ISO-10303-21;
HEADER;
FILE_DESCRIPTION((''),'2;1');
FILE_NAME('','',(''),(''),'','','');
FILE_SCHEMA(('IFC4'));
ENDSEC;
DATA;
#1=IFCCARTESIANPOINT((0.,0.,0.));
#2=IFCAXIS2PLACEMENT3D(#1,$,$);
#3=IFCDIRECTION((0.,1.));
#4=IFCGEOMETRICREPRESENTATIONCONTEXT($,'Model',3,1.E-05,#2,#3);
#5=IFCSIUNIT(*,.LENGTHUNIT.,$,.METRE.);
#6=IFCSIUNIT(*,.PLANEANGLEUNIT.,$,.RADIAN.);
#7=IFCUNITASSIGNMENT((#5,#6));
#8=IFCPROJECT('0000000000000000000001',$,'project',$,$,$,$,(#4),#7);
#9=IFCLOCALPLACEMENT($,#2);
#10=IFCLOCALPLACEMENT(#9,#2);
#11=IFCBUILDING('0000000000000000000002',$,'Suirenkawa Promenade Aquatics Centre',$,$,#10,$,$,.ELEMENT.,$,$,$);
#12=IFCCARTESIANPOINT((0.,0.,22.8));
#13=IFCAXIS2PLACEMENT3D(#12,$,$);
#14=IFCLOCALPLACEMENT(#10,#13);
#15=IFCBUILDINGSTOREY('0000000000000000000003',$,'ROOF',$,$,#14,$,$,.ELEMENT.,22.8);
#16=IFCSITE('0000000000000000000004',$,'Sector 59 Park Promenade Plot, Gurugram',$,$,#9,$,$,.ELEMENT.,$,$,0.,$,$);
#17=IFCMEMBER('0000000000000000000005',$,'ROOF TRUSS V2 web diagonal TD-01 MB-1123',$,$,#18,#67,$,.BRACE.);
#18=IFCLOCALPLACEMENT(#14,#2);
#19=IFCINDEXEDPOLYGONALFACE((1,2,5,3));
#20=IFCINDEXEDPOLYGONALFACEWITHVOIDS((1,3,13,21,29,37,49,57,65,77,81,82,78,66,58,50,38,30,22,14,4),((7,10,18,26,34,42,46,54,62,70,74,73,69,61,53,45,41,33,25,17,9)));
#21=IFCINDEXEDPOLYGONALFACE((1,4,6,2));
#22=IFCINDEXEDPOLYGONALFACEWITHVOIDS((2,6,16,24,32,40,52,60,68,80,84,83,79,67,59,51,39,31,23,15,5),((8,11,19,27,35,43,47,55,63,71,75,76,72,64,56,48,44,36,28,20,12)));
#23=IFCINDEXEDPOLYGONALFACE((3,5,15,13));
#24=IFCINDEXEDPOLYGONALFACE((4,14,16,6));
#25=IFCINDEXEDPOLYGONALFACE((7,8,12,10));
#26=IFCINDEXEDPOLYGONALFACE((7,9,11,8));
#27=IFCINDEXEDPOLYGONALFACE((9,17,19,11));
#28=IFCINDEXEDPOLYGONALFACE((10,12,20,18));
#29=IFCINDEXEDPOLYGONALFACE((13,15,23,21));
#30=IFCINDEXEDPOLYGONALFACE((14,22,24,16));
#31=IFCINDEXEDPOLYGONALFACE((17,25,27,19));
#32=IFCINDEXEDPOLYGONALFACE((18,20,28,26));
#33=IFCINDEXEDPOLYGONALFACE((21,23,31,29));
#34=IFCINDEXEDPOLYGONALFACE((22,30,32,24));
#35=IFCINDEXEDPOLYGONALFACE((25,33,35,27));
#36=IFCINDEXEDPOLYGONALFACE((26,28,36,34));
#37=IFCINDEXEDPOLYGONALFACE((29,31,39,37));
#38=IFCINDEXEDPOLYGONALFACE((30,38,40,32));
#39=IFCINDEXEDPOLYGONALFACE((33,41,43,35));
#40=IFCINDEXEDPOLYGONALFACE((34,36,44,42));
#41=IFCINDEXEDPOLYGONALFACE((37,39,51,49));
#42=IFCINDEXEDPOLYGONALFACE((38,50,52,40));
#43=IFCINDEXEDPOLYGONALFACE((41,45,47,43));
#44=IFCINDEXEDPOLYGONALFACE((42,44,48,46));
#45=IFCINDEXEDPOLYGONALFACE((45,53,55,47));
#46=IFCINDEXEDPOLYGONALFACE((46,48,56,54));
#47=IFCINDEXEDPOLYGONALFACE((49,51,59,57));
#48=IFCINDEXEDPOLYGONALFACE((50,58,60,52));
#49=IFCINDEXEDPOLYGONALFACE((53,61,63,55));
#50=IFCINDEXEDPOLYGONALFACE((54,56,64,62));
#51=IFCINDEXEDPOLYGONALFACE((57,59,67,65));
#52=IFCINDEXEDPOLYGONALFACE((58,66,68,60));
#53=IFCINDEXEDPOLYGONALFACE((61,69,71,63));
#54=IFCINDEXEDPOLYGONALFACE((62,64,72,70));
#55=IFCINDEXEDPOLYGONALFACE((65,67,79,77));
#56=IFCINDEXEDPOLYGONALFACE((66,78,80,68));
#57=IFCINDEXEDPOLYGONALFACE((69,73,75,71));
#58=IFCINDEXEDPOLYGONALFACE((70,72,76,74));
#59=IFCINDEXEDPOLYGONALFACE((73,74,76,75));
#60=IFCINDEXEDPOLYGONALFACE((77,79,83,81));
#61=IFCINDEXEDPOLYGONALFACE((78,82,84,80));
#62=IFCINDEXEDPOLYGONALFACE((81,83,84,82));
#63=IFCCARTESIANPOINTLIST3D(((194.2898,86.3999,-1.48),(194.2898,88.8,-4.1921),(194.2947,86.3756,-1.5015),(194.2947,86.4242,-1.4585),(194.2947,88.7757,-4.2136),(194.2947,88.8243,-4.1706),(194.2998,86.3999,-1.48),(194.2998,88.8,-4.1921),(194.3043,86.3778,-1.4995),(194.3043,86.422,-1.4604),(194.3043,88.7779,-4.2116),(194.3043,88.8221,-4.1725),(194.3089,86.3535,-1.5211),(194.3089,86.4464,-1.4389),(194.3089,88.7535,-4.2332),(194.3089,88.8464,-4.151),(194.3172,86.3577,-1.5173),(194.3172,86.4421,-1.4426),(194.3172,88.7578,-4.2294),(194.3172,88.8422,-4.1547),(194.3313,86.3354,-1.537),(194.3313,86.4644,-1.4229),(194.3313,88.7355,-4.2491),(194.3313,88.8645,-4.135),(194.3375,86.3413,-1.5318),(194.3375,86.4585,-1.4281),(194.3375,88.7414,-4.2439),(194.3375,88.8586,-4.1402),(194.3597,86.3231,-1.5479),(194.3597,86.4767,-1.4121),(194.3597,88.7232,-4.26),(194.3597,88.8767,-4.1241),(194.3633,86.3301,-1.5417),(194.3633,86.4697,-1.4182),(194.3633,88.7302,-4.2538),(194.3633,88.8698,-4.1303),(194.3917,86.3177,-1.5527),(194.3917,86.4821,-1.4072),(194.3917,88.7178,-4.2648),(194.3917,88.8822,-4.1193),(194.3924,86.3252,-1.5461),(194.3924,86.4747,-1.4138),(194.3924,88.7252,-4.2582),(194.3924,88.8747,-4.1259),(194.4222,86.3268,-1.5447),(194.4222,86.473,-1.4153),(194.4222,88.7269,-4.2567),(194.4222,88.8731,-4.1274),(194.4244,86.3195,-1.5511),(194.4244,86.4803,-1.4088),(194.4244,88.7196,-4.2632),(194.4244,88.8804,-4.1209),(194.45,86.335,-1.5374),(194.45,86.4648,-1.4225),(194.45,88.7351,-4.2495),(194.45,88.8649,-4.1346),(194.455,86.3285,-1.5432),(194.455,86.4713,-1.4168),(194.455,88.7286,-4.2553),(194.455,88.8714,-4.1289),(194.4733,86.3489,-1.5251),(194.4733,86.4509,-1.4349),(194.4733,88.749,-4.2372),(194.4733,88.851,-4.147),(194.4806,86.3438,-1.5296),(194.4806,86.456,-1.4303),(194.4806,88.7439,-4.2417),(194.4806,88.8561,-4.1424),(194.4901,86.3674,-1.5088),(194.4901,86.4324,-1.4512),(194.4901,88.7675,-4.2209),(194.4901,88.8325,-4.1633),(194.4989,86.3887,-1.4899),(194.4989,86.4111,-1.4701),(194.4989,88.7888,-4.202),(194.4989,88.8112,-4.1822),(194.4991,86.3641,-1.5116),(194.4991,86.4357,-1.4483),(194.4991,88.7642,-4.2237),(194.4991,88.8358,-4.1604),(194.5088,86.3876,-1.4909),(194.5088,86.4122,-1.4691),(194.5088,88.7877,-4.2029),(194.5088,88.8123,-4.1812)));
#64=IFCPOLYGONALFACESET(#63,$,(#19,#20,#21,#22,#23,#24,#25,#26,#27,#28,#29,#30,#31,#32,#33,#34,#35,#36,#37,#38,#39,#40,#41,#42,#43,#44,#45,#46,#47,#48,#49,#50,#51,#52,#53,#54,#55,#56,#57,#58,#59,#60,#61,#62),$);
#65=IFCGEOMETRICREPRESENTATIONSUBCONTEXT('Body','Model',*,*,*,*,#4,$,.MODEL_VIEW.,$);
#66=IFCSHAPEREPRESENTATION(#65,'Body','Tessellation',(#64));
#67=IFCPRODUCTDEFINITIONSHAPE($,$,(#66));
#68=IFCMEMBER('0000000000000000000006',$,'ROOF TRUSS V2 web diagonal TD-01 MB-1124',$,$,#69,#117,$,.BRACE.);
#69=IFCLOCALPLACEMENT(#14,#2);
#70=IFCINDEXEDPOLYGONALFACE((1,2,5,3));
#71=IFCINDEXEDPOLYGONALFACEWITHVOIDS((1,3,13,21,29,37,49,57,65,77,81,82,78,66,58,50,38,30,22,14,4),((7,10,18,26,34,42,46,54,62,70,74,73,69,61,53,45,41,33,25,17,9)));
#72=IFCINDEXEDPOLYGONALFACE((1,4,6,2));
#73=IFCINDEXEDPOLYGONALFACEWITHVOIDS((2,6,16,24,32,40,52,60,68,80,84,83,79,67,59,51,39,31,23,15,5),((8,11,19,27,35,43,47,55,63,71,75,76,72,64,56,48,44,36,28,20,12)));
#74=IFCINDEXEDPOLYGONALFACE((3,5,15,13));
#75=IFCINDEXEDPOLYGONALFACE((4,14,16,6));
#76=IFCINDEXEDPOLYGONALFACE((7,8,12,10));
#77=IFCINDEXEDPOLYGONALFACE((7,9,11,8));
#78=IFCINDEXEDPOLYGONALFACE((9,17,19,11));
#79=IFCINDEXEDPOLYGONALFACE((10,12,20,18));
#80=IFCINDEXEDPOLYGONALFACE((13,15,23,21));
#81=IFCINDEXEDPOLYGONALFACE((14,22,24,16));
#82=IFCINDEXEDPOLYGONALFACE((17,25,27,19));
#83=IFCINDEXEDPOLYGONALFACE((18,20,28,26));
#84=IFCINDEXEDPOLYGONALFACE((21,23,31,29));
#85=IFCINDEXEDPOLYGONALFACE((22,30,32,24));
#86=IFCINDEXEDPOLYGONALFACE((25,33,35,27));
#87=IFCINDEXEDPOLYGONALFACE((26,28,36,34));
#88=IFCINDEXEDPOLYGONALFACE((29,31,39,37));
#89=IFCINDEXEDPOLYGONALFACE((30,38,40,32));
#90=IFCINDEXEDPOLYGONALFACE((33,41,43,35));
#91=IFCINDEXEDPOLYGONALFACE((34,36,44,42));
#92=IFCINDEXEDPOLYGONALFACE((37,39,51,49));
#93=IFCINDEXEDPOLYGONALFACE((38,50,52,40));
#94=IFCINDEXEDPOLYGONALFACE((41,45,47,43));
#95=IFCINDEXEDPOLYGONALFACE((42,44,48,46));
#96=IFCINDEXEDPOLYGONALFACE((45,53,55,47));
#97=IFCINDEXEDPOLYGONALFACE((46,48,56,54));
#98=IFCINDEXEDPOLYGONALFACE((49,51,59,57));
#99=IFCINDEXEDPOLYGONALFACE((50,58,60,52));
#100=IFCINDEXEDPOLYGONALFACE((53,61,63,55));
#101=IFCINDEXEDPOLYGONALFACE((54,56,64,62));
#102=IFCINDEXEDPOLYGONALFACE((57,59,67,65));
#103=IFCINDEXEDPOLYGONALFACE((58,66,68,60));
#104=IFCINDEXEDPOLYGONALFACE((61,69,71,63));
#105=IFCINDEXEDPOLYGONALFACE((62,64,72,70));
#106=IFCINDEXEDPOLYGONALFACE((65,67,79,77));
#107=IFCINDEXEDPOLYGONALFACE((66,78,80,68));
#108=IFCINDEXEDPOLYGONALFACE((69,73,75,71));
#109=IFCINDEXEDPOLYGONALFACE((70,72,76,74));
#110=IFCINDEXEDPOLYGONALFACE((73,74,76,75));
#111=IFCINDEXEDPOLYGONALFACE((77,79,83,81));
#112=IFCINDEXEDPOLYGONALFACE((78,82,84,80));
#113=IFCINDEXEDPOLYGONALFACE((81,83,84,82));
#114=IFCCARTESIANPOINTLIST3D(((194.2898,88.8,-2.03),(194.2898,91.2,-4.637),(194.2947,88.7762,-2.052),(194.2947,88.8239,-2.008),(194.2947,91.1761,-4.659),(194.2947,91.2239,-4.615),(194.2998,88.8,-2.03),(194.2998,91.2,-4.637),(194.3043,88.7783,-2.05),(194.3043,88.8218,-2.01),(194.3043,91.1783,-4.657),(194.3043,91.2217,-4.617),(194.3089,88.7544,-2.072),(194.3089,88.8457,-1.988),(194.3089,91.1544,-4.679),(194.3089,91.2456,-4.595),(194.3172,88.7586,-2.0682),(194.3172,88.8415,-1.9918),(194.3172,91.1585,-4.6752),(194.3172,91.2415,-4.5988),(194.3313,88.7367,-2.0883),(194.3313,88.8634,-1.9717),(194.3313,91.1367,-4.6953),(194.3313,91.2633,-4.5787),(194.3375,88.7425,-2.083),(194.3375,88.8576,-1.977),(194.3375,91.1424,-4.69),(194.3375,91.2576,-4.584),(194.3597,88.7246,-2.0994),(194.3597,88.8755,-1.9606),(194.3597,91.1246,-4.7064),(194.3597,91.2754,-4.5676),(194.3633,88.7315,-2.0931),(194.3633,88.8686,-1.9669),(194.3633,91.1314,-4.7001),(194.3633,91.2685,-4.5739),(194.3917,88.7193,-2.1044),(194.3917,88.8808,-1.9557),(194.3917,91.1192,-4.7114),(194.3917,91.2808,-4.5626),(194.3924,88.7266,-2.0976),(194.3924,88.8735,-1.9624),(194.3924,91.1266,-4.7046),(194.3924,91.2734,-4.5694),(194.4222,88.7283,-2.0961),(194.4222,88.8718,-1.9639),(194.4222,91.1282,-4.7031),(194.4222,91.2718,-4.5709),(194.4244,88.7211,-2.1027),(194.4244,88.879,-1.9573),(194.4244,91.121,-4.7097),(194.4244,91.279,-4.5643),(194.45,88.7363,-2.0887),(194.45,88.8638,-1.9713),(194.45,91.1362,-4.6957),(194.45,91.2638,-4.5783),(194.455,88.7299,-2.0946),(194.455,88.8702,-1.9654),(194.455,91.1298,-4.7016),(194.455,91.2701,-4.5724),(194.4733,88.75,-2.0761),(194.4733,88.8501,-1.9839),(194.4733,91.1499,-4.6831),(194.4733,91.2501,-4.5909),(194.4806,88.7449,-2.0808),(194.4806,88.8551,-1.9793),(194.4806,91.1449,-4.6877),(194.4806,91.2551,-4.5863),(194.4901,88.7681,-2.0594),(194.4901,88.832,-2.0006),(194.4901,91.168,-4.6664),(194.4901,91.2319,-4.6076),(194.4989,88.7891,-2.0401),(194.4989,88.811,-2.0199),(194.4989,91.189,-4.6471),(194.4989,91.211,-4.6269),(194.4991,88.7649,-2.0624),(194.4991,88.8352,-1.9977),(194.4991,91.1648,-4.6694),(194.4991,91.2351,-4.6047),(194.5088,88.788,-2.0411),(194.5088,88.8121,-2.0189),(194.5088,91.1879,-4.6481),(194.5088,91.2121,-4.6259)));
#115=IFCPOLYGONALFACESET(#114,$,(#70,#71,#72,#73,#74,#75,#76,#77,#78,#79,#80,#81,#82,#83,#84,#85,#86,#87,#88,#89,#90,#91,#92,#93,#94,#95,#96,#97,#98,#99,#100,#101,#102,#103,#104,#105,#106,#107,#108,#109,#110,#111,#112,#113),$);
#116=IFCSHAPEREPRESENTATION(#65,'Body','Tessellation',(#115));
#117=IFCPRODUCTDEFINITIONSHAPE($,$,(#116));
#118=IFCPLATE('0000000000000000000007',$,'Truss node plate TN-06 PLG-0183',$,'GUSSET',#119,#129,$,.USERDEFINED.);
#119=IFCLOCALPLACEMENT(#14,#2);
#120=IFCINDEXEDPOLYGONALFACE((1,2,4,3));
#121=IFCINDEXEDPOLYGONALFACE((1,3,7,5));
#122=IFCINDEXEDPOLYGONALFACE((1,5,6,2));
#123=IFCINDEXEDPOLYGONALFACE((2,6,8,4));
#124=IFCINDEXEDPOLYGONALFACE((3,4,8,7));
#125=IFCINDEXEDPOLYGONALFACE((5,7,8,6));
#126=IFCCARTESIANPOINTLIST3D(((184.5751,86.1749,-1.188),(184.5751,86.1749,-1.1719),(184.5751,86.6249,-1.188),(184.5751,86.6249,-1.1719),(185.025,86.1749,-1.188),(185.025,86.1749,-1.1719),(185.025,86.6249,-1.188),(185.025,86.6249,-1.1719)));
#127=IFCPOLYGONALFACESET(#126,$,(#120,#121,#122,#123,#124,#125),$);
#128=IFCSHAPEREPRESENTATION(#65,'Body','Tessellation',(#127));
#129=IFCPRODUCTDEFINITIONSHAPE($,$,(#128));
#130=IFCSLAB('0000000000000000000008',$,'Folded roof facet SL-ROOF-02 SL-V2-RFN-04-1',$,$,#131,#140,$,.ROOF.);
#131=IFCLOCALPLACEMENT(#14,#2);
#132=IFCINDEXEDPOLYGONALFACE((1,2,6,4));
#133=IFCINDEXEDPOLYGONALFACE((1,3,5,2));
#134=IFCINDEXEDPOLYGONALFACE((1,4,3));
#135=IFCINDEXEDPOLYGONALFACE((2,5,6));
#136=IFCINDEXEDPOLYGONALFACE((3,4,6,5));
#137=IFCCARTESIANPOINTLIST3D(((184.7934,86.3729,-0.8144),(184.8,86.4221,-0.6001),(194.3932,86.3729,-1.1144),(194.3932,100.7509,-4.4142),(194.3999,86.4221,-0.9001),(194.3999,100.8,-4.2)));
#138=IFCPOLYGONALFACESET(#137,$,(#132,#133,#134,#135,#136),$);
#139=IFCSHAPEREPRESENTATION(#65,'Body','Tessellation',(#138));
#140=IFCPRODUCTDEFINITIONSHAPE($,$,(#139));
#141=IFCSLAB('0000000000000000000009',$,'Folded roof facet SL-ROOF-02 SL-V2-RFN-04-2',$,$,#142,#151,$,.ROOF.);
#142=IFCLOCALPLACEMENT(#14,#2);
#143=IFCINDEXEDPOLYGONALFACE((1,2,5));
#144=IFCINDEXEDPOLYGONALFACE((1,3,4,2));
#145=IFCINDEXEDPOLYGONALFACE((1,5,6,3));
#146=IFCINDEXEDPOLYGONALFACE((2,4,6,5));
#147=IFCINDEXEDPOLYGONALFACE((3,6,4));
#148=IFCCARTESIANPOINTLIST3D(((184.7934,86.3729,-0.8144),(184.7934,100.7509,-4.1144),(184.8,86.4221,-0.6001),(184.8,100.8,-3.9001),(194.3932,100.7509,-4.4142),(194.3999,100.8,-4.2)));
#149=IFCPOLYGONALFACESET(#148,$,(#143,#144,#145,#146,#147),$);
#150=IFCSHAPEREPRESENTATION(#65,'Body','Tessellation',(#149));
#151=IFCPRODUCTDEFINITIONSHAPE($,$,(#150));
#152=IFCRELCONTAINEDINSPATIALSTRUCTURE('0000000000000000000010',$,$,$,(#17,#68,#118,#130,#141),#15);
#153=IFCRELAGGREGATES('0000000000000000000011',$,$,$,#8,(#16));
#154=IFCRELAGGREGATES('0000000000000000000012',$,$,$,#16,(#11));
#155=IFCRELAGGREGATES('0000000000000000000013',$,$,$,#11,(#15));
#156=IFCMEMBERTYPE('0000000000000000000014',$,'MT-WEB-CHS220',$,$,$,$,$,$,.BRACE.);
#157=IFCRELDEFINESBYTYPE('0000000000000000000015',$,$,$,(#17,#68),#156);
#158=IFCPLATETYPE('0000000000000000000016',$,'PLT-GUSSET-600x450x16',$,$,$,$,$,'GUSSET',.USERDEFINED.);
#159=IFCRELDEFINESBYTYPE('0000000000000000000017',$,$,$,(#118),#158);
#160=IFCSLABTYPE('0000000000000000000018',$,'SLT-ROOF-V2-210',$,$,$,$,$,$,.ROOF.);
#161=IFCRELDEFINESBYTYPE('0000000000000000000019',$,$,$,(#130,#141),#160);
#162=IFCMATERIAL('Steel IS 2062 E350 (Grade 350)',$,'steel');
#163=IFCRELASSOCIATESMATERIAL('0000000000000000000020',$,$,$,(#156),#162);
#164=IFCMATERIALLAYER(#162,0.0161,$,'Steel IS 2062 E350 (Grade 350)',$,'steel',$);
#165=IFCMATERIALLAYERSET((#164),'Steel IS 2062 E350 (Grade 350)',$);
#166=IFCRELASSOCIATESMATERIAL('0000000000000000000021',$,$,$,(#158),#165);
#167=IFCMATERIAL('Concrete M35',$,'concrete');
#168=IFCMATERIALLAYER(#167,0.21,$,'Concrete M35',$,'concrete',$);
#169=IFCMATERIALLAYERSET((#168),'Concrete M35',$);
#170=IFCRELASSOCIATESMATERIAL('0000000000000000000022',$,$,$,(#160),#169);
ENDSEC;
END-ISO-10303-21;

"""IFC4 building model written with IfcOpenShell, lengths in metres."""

from ifc_helpers import new_model, si_unit, direction, frame, origin, origin_2d, place, context, subcontext, project, spatial, polyline, rectangle, hollow_circle, outline, extrude, material, layer, layer_set, material_profile, profile_set, type_object, element, save


model = new_model("IFC4")

# Units and contexts
model_context = context("Model", 3, precision=1e-05, world=origin(), true_north=direction((0.0, 1.0)))
body_context = subcontext(model_context, "Body", "Model", "MODEL_VIEW")
ifc_project = project(units=[si_unit("LENGTHUNIT", "METRE"), si_unit("PLANEANGLEUNIT", "RADIAN")], contexts=[model_context])

# Site, building, storey
site_placement = place(None, origin())
site = spatial("IfcSite", under=ifc_project, at=site_placement, Name="Sector 59 Park Promenade Plot, Gurugram", CompositionType="ELEMENT", RefElevation=0.0)
building_placement = place(site_placement, origin())
building = spatial("IfcBuilding", under=site, at=building_placement, Name="Suirenkawa Promenade Aquatics Centre", CompositionType="ELEMENT")
storey_placement = place(building_placement, frame((0.0, 0.0, 22.8)))
storey = spatial("IfcBuildingStorey", under=building, at=storey_placement, Name="ROOF", CompositionType="ELEMENT", Elevation=22.8)

# Shared definitions
ifc_material_1 = material(Name="Steel IS 2062 E350 (Grade 350)", Category="steel")

# Members
ifc_material_profile_1 = material_profile(ifc_material_1, hollow_circle(Radius=0.1101, WallThickness=0.01, at=origin_2d()), Name="CHS 220x10", Category="steel")
ifc_profile_set_1 = profile_set([ifc_material_profile_1], Name="Steel IS 2062 E350 (Grade 350)")
member_type_1 = type_object("IfcMemberType", Name="MT-WEB-CHS220", PredefinedType="BRACE", material=ifc_profile_set_1)
member_1_placement = place(storey_placement, frame((194.3999, 86.3999, -1.48), z_axis=(0.0, 0.662718, -0.748869), x_axis=(-1.0, 0.0, 0.0)))
element("IfcMember", 1, at=member_1_placement, inside=storey, type_object=member_type_1, Name="ROOF TRUSS V2 web diagonal TD-01 MB-1123", PredefinedType="BRACE", context=body_context, shape_type="SweptSolid", body=[
    extrude(hollow_circle(Radius=0.1101, WallThickness=0.01, at=origin_2d()), origin(), (0.0, 0.0, 1.0), 3.6216),
])
member_2_placement = place(storey_placement, frame((194.3999, 88.8, -2.03), z_axis=(0.0, 0.677289, -0.735717), x_axis=(-1.0, 0.0, 0.0)))
element("IfcMember", 2, at=member_2_placement, inside=storey, type_object=member_type_1, Name="ROOF TRUSS V2 web diagonal TD-01 MB-1124", PredefinedType="BRACE", context=body_context, shape_type="SweptSolid", body=[
    extrude(hollow_circle(Radius=0.1101, WallThickness=0.01, at=origin_2d()), origin(), (0.0, 0.0, 1.0), 3.5435),
])

# Plate
ifc_layer_1 = layer(ifc_material_1, 0.0161, Name="Steel IS 2062 E350 (Grade 350)", Category="steel")
ifc_layer_set_1 = layer_set([ifc_layer_1], Name="Steel IS 2062 E350 (Grade 350)")
plate_type = type_object("IfcPlateType", Name="PLT-GUSSET-600x450x16", ElementType="GUSSET", PredefinedType="USERDEFINED", material=ifc_layer_set_1)
plate_placement = place(storey_placement, frame((184.8, 86.3999, -1.188), z_axis=(0.0, 0.0, 1.0), x_axis=(1.0, 0.0, 0.0)))
element("IfcPlate", 3, at=plate_placement, inside=storey, type_object=plate_type, Name="Truss node plate TN-06 PLG-0183", ObjectType="GUSSET", PredefinedType="USERDEFINED", context=body_context, shape_type="SweptSolid", body=[
    extrude(rectangle(XDim=0.45, YDim=0.45, at=origin_2d()), origin(), (0.0, 0.0, 1.0), 0.0161),
])

# Slabs
ifc_material_2 = material(Name="Concrete M35", Category="concrete")
ifc_layer_2 = layer(ifc_material_2, 0.21, Name="Concrete M35", Category="concrete")
ifc_layer_set_2 = layer_set([ifc_layer_2], Name="Concrete M35")
slab_type = type_object("IfcSlabType", Name="SLT-ROOF-V2-210", PredefinedType="ROOF", material=ifc_layer_set_2)
slab_1_placement = place(storey_placement, frame((184.8, 86.4221, -0.6001), z_axis=(0.030449, 0.223586, 0.974209), x_axis=(0.999512, 0.0, -0.03124)))
element("IfcSlab", 4, at=slab_1_placement, inside=storey, type_object=slab_type, Name="Folded roof facet SL-ROOF-02 SL-V2-RFN-04-1", PredefinedType="ROOF", context=body_context, shape_type="SweptSolid", body=[
    extrude(outline(polyline([(0.0, 0.0), (9.6045, 0.0), (9.7076, 14.7514), (0.0, 0.0)])), origin(), (0.0, 0.0, -1.0), 0.22),
])
slab_2_placement = place(storey_placement, frame((184.8, 86.4221, -0.6001), z_axis=(0.030425, 0.223601, 0.974206), x_axis=(0.543623, 0.814197, -0.203854)))
element("IfcSlab", 5, at=slab_2_placement, inside=storey, type_object=slab_type, Name="Folded roof facet SL-ROOF-02 SL-V2-RFN-04-2", PredefinedType="ROOF", context=body_context, shape_type="SweptSolid", body=[
    extrude(outline(polyline([(0.0, 0.0), (17.659, 0.0), (12.3792, 8.0231), (0.0, 0.0)])), origin(), (0.0, 0.0, -1.0), 0.22),
])

save(model, "model.ifc")
